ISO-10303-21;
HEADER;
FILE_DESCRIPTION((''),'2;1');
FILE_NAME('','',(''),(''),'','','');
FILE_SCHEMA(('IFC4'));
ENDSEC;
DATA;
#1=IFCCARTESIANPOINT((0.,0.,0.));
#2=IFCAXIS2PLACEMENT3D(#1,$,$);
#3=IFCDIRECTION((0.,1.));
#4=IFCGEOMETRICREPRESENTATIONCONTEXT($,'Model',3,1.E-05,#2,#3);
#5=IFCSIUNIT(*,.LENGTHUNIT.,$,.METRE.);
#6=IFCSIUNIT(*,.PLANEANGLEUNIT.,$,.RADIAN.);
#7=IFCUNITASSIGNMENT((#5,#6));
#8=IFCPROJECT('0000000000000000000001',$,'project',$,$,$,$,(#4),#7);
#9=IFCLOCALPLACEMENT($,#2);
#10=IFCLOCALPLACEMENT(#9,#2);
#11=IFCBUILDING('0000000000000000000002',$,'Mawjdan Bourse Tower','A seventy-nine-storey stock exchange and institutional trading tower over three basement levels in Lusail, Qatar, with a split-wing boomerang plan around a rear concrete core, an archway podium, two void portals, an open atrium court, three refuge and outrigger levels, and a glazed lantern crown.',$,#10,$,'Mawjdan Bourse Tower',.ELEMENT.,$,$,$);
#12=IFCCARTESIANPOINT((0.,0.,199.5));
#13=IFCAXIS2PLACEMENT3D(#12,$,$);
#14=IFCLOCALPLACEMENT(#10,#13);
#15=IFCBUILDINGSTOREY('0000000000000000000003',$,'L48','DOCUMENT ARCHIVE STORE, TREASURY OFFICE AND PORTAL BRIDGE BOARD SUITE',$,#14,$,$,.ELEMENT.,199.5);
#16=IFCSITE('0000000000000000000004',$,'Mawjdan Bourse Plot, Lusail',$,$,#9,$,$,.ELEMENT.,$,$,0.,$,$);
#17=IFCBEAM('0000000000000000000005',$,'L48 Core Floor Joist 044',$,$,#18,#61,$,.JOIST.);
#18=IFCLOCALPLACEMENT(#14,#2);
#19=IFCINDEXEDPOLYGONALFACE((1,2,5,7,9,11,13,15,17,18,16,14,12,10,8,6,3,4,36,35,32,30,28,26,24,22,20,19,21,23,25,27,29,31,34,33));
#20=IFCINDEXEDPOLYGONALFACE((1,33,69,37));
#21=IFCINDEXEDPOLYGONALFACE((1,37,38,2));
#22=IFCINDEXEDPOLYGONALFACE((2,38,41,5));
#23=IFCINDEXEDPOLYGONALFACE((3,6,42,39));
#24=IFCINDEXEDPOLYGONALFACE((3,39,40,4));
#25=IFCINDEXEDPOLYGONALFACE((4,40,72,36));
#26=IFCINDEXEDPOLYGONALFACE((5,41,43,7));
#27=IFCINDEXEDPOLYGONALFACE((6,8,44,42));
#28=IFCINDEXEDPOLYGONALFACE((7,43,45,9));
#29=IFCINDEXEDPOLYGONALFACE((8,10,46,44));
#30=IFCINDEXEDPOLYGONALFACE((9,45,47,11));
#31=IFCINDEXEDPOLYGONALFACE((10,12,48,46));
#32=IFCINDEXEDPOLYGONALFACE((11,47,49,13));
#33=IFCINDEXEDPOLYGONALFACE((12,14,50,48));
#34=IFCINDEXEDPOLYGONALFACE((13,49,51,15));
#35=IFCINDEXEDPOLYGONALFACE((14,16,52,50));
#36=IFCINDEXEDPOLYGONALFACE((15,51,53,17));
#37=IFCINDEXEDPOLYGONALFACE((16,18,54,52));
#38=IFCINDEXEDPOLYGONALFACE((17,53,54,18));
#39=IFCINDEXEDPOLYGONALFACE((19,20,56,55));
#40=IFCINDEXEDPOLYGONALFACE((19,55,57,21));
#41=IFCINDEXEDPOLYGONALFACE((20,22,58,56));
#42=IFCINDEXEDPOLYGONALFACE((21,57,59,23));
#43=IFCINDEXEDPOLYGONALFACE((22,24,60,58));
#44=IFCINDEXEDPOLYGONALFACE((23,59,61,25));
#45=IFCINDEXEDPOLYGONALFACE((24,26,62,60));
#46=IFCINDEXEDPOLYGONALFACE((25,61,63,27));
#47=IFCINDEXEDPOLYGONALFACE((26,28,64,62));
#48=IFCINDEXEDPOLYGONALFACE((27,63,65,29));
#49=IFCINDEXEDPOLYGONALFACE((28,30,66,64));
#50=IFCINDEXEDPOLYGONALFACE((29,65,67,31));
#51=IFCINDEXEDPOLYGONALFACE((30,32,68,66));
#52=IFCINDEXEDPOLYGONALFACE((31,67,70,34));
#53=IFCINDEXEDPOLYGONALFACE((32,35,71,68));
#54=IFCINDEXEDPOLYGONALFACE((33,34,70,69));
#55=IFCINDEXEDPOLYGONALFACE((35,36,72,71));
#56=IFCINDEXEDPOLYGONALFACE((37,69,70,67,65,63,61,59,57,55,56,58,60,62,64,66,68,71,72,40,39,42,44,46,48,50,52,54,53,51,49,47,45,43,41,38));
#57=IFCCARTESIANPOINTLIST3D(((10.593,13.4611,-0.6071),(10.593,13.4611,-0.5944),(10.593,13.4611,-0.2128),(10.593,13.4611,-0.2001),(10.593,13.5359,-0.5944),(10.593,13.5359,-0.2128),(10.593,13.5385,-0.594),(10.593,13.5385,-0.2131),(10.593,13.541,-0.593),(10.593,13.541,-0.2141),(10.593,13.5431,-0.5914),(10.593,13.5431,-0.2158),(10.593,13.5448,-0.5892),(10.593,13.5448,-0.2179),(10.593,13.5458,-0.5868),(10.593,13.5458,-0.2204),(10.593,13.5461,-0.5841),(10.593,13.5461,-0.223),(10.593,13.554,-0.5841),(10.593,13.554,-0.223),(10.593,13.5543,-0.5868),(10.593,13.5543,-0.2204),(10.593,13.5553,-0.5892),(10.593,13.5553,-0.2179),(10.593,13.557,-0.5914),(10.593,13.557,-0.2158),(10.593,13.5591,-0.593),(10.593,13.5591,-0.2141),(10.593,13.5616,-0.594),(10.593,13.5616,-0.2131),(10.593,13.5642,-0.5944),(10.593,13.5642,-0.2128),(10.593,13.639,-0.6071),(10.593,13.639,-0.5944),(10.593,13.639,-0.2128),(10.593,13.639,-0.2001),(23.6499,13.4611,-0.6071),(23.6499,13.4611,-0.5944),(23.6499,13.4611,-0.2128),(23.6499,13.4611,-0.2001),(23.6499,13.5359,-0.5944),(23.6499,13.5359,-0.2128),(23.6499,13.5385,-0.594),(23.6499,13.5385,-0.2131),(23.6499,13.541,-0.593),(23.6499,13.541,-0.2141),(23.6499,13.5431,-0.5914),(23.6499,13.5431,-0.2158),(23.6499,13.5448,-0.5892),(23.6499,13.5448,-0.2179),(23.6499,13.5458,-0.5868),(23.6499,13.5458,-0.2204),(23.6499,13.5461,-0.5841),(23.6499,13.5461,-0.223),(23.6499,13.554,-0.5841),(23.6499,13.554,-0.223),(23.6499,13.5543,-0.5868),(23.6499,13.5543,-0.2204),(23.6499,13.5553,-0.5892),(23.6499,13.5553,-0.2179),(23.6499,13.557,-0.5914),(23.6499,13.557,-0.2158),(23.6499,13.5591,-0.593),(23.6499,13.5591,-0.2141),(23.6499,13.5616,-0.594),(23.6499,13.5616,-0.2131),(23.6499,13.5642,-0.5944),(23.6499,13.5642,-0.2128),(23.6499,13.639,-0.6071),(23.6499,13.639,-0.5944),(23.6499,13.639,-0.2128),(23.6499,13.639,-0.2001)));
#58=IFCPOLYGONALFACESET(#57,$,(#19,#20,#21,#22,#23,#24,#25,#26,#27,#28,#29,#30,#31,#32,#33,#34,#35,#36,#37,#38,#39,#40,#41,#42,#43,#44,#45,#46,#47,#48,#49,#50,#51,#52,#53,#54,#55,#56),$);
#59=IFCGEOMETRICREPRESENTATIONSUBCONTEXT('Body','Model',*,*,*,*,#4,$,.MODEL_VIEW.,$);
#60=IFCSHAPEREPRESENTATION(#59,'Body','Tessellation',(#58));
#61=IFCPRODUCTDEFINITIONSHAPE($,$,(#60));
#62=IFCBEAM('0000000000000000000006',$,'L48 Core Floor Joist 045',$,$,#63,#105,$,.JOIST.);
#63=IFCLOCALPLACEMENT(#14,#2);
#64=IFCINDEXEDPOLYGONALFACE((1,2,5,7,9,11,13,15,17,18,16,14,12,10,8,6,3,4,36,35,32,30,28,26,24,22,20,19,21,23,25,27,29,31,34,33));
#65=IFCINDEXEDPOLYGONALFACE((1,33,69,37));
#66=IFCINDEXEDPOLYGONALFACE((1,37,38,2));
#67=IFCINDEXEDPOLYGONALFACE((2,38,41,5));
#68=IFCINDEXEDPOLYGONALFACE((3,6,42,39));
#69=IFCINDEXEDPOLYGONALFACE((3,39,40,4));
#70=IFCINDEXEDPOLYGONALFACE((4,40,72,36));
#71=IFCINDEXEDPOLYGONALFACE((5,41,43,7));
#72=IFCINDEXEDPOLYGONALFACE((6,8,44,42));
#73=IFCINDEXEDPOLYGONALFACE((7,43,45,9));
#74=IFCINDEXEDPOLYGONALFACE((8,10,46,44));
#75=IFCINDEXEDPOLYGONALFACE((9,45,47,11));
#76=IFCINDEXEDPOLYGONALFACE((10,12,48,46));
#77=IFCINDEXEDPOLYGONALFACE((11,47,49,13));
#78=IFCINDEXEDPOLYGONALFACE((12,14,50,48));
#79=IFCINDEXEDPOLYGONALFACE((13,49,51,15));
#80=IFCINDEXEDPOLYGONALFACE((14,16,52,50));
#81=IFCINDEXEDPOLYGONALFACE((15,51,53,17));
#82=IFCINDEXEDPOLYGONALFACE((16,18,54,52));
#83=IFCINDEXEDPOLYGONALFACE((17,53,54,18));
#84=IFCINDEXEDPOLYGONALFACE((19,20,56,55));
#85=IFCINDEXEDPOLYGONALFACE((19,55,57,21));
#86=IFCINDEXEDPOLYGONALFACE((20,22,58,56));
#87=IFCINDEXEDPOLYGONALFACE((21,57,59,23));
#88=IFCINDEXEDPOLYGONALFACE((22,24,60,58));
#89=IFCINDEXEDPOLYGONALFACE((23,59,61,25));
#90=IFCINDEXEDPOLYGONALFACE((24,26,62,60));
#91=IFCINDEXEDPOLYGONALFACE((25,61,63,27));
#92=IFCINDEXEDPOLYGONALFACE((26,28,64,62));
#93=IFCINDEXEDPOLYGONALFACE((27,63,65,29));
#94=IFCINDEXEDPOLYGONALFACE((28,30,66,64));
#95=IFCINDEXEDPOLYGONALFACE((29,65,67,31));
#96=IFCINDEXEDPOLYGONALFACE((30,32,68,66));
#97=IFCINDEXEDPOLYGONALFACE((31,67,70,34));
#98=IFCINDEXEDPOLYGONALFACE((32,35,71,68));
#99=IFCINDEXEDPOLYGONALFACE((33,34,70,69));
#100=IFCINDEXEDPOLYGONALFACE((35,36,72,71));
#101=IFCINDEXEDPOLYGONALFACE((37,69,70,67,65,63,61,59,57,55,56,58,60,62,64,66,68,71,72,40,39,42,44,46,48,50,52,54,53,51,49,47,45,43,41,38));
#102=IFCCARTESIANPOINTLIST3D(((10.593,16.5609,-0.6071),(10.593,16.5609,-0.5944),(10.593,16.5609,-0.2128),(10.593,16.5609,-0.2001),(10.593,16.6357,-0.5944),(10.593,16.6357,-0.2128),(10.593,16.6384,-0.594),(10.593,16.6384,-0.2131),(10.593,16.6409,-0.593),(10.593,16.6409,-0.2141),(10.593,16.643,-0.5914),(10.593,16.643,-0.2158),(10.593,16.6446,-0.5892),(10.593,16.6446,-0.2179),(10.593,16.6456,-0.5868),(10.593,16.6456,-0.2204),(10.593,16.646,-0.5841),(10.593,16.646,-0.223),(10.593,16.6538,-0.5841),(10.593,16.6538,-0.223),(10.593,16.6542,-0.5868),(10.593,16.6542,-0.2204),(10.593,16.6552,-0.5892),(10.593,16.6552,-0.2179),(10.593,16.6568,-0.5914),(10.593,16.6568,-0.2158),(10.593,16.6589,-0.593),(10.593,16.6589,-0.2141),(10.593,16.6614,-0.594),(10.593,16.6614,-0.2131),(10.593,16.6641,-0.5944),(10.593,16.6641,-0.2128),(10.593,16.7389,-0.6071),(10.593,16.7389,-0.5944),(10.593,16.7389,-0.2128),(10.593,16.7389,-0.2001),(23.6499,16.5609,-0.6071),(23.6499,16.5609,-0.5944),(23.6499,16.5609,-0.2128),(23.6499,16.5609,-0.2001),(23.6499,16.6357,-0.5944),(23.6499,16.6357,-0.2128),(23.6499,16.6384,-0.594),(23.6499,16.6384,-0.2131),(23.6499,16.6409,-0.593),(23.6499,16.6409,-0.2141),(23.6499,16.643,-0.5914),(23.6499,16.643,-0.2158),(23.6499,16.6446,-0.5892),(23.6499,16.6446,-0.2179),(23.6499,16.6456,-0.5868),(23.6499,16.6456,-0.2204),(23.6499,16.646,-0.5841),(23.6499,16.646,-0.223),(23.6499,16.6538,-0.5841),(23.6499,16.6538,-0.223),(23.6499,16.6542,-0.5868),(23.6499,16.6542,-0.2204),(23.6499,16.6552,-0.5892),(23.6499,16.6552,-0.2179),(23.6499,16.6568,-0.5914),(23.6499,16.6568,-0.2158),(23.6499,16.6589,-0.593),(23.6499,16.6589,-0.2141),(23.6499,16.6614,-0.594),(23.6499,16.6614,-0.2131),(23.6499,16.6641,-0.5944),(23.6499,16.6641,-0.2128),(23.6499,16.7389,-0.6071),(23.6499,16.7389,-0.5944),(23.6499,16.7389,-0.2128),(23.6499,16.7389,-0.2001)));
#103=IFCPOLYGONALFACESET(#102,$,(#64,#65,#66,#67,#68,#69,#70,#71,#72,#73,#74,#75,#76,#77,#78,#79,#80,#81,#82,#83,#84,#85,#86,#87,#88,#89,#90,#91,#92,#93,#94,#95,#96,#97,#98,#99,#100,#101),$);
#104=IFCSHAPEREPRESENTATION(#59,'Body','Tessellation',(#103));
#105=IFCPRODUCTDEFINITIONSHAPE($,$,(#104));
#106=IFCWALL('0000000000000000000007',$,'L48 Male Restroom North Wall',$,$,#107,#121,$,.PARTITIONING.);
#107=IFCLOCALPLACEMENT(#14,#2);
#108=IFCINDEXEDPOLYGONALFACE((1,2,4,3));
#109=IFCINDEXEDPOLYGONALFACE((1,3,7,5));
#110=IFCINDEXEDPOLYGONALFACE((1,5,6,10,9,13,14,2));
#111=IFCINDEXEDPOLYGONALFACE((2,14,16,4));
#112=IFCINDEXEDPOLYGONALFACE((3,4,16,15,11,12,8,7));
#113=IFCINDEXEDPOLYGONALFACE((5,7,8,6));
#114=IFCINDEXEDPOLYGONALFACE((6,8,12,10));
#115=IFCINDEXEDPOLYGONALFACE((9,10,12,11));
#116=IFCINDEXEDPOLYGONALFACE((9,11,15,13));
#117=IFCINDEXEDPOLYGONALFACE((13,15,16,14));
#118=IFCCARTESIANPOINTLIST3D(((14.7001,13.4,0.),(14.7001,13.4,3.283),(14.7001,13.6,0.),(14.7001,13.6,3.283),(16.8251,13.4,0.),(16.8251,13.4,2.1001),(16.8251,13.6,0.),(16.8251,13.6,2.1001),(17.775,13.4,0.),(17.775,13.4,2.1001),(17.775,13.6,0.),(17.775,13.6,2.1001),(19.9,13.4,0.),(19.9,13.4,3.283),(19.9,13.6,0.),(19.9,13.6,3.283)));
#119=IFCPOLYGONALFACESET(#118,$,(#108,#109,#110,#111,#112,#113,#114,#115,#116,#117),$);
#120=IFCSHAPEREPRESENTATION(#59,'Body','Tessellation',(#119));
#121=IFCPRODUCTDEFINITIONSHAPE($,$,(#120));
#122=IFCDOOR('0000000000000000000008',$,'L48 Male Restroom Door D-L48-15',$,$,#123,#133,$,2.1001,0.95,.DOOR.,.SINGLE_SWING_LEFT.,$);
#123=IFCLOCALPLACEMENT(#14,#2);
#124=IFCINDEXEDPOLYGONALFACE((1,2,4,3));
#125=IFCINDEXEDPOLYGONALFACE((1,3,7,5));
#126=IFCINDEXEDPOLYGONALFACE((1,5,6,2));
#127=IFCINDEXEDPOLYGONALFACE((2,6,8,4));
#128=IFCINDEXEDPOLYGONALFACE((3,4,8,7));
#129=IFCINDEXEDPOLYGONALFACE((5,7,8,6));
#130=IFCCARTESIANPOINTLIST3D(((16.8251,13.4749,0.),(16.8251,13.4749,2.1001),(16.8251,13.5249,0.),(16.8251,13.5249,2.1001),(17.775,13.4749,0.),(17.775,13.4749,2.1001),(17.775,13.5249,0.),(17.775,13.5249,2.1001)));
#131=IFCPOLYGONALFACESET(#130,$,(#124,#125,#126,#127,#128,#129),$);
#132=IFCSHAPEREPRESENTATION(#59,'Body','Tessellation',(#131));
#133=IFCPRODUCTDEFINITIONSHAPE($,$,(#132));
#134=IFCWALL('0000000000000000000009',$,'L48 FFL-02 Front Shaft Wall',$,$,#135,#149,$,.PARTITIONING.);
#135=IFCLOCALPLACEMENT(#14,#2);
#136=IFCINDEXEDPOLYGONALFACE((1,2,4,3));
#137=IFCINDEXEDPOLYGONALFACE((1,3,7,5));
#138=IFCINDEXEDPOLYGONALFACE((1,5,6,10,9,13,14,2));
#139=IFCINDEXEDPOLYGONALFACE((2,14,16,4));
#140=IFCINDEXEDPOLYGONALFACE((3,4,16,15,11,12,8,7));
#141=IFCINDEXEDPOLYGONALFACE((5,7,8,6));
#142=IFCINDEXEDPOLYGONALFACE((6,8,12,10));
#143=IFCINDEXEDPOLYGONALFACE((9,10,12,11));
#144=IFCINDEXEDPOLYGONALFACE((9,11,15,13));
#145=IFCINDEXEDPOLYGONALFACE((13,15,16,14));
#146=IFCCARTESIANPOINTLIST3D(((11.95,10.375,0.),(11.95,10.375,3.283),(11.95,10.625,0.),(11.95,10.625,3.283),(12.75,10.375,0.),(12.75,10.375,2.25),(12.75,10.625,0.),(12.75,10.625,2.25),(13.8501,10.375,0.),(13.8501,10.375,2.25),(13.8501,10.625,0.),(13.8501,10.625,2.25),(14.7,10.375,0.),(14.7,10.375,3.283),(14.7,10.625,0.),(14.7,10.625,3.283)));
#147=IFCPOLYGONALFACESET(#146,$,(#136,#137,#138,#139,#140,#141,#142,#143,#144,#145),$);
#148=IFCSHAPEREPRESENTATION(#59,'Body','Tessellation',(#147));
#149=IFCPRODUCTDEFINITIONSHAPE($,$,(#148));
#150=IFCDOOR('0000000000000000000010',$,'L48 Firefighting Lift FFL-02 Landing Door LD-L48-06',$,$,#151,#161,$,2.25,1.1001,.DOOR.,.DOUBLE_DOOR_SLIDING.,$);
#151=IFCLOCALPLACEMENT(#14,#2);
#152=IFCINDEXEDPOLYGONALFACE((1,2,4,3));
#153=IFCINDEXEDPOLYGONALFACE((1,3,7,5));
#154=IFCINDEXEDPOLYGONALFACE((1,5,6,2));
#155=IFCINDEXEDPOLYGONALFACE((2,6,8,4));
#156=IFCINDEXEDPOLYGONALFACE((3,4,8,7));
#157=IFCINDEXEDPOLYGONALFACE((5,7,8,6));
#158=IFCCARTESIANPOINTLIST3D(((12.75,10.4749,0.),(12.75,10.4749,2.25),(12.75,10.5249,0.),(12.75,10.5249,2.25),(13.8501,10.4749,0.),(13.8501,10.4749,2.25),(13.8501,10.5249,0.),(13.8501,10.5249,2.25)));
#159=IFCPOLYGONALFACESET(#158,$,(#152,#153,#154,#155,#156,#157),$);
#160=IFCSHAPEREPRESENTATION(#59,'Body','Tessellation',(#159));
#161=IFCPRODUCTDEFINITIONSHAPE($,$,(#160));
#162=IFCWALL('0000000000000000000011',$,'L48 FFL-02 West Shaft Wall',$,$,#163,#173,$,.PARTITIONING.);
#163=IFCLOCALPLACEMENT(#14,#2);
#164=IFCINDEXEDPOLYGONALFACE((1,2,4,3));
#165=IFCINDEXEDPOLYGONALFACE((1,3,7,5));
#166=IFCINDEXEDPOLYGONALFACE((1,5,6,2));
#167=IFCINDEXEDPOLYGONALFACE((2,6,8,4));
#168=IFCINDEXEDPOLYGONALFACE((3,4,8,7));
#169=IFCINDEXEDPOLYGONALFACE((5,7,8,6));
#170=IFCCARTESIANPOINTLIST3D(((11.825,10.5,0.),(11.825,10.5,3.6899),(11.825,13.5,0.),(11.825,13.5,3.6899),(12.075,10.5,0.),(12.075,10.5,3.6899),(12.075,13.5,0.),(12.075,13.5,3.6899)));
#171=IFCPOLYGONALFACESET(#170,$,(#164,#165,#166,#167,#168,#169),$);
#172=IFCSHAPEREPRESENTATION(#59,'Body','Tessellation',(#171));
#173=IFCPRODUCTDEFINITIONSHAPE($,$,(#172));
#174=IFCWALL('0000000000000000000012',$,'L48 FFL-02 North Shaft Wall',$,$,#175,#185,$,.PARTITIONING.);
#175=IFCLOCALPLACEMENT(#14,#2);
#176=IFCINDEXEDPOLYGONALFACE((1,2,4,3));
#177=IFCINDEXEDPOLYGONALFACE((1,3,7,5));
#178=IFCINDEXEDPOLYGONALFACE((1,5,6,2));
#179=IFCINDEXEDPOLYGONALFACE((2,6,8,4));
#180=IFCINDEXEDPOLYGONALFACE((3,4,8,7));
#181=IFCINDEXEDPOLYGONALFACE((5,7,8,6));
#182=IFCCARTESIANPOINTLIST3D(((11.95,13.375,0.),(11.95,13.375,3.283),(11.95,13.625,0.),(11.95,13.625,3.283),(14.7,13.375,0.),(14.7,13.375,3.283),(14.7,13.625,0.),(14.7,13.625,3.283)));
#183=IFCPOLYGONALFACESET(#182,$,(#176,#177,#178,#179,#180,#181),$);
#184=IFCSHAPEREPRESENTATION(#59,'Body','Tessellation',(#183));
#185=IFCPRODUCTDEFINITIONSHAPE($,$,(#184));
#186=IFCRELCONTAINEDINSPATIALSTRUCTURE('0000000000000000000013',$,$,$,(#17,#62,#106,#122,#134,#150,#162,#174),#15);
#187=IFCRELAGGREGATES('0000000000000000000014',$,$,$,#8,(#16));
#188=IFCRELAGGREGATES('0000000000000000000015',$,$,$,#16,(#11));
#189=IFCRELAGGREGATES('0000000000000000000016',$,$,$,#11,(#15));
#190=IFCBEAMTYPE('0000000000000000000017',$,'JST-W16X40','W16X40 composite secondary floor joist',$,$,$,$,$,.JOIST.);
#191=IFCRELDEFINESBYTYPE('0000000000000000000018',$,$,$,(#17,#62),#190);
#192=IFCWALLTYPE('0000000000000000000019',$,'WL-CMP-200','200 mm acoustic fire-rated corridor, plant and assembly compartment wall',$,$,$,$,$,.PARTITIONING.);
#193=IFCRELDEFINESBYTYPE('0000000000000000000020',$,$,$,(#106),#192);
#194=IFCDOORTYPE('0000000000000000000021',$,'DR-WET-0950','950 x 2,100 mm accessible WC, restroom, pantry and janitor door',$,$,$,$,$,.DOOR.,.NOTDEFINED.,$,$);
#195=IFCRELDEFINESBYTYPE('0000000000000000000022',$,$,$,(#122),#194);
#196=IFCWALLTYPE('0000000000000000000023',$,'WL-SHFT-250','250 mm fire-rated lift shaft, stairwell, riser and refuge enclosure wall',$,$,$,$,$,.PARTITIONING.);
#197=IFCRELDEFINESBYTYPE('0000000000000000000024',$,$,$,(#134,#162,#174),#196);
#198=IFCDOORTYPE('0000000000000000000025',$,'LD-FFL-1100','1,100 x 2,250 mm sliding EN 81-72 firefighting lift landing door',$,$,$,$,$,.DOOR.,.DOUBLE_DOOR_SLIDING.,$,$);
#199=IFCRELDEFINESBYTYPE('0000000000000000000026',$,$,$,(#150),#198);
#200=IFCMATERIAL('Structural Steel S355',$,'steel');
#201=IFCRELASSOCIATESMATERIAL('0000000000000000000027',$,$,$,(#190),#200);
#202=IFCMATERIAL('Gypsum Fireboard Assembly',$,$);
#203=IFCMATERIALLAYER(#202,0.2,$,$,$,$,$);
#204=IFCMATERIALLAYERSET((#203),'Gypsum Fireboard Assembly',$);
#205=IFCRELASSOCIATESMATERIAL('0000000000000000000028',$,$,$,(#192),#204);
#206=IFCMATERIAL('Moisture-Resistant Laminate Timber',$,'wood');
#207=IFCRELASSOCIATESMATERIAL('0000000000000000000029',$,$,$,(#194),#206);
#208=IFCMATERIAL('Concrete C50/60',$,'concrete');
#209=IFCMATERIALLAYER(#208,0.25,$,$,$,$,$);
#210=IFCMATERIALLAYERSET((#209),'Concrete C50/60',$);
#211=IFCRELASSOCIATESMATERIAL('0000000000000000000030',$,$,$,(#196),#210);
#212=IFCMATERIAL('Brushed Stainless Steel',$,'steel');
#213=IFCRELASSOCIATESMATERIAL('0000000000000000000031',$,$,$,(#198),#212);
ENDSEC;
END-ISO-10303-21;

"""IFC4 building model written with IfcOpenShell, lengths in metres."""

from ifc_helpers import new_model, si_unit, direction, frame, frame_2d, origin, origin_2d, place, context, subcontext, project, spatial, rectangle, i_section, extrude, material, layer, layer_set, material_profile, profile_set, type_object, element, fill, save


model = new_model("IFC4")

# Units and contexts
model_context = context("Model", 3, precision=1e-05, world=origin(), true_north=direction((0.0, 1.0)))
body_context = subcontext(model_context, "Body", "Model", "MODEL_VIEW")
ifc_project = project(units=[si_unit("LENGTHUNIT", "METRE"), si_unit("PLANEANGLEUNIT", "RADIAN")], contexts=[model_context])

# Site, building, storey
site_placement = place(None, origin())
site = spatial("IfcSite", under=ifc_project, at=site_placement, Name="Mawjdan Bourse Plot, Lusail", CompositionType="ELEMENT", RefElevation=0.0)
building_placement = place(site_placement, origin())
building = spatial("IfcBuilding", under=site, at=building_placement, Name="Mawjdan Bourse Tower", Description="A seventy-nine-storey stock exchange and institutional trading tower over three basement levels in Lusail, Qatar, with a split-wing boomerang plan around a rear concrete core, an archway podium, two void portals, an open atrium court, three refuge and outrigger levels, and a glazed lantern crown.", LongName="Mawjdan Bourse Tower", CompositionType="ELEMENT")
storey_placement = place(building_placement, frame((0.0, 0.0, 199.5)))
storey = spatial("IfcBuildingStorey", under=building, at=storey_placement, Name="L48", Description="DOCUMENT ARCHIVE STORE, TREASURY OFFICE AND PORTAL BRIDGE BOARD SUITE", CompositionType="ELEMENT", Elevation=199.5)

# Beams
ifc_material_1 = material(Name="Structural Steel S355", Category="steel")
ifc_material_profile = material_profile(ifc_material_1, i_section(OverallWidth=0.178, OverallDepth=0.407, WebThickness=0.0078, FlangeThickness=0.0127, FilletRadius=0.0103, at=origin_2d()), Name="W16X40")
ifc_profile_set = profile_set([ifc_material_profile], Name="Structural Steel S355")
beam_type = type_object("IfcBeamType", Name="JST-W16X40", Description="W16X40 composite secondary floor joist", PredefinedType="JOIST", material=ifc_profile_set)
for number, where, z_axis, x_axis, name in (
    (1, (10.593, 13.55, -0.4036), (1.0, 0.0, 0.0), (0.0, 1.0, 0.0), "L48 Core Floor Joist 044"),
    (2, (10.593, 16.6499, -0.4036), (1.0, 0.0, 0.0), (0.0, 1.0, 0.0), "L48 Core Floor Joist 045"),
):
    element("IfcBeam", number, at=place(storey_placement, frame(where, z_axis=z_axis, x_axis=x_axis)), inside=storey, type_object=beam_type, Name=name, PredefinedType="JOIST", context=body_context, shape_type="SweptSolid", body=[
        extrude(i_section(OverallWidth=0.178, OverallDepth=0.407, WebThickness=0.0078, FlangeThickness=0.0127, FilletRadius=0.0103, at=origin_2d()), origin(), (0.0, 0.0, 1.0), 13.0569),
    ])

# Walls, openings, doors
ifc_material_2 = material(Name="Gypsum Fireboard Assembly")
ifc_layer_1 = layer(ifc_material_2, 0.2)
ifc_layer_set_1 = layer_set([ifc_layer_1], Name="Gypsum Fireboard Assembly")
wall_type_1 = type_object("IfcWallType", Name="WL-CMP-200", Description="200 mm acoustic fire-rated corridor, plant and assembly compartment wall", PredefinedType="PARTITIONING", material=ifc_layer_set_1)
wall_1_placement = place(storey_placement, frame((14.7, 13.5, 0.0), z_axis=(0.0, 0.0, 1.0), x_axis=(1.0, 0.0, 0.0)))
wall_1 = element("IfcWall", 3, at=wall_1_placement, inside=storey, type_object=wall_type_1, Name="L48 Male Restroom North Wall", PredefinedType="PARTITIONING", context=body_context, shape_type="SweptSolid", body=[
    extrude(rectangle(XDim=5.2, YDim=0.2, at=frame_2d((2.6001, 0.0))), origin(), (0.0, 0.0, 1.0), 3.283),
])
opening_1_placement = place(wall_1_placement, frame((2.125, 0.0, 0.0)))
opening_1 = element("IfcOpeningElement", 4, at=opening_1_placement, cuts=wall_1, PredefinedType="OPENING", context=body_context, shape_type="SweptSolid", body=[
    extrude(rectangle(XDim=0.95, YDim=2.1001, at=frame_2d((0.4751, 1.05))), frame((0.0, 0.1099, 0.0), z_axis=(0.0, -1.0, 0.0), x_axis=(1.0, 0.0, 0.0)), (0.0, 0.0, 1.0), 0.22),
])
ifc_material_3 = material(Name="Moisture-Resistant Laminate Timber", Category="wood")
door_type_1 = type_object("IfcDoorType", Name="DR-WET-0950", Description="950 x 2,100 mm accessible WC, restroom, pantry and janitor door", OperationType="NOTDEFINED", PredefinedType="DOOR", material=ifc_material_3)
door_1_placement = place(opening_1_placement, origin())
door_1 = element("IfcDoor", 5, at=door_1_placement, inside=storey, type_object=door_type_1, Name="L48 Male Restroom Door D-L48-15", OperationType="SINGLE_SWING_LEFT", OverallHeight=2.1001, OverallWidth=0.95, PredefinedType="DOOR", context=body_context, shape_type="SweptSolid", body=[
    extrude(rectangle(XDim=0.95, YDim=2.1001, at=frame_2d((0.4751, 1.05))), frame((0.0, 0.0249, 0.0), z_axis=(0.0, -1.0, 0.0), x_axis=(1.0, 0.0, 0.0)), (0.0, 0.0, 1.0), 0.05),
])
fill(opening_1, door_1)
ifc_material_4 = material(Name="Concrete C50/60", Category="concrete")
ifc_layer_2 = layer(ifc_material_4, 0.25)
ifc_layer_set_2 = layer_set([ifc_layer_2], Name="Concrete C50/60")
wall_type_2 = type_object("IfcWallType", Name="WL-SHFT-250", Description="250 mm fire-rated lift shaft, stairwell, riser and refuge enclosure wall", PredefinedType="PARTITIONING", material=ifc_layer_set_2)
wall_2_placement = place(storey_placement, frame((11.95, 10.5, 0.0), z_axis=(0.0, 0.0, 1.0), x_axis=(1.0, 0.0, 0.0)))
wall_2 = element("IfcWall", 6, at=wall_2_placement, inside=storey, type_object=wall_type_2, Name="L48 FFL-02 Front Shaft Wall", PredefinedType="PARTITIONING", context=body_context, shape_type="SweptSolid", body=[
    extrude(rectangle(XDim=2.75, YDim=0.25, at=frame_2d((1.375, 0.0))), origin(), (0.0, 0.0, 1.0), 3.283),
])
opening_2_placement = place(wall_2_placement, frame((0.8, 0.0, 0.0)))
opening_2 = element("IfcOpeningElement", 7, at=opening_2_placement, cuts=wall_2, PredefinedType="OPENING", context=body_context, shape_type="SweptSolid", body=[
    extrude(rectangle(XDim=1.1001, YDim=2.25, at=frame_2d((0.55, 1.125))), frame((0.0, 0.135, 0.0), z_axis=(0.0, -1.0, 0.0), x_axis=(1.0, 0.0, 0.0)), (0.0, 0.0, 1.0), 0.27),
])
ifc_material_5 = material(Name="Brushed Stainless Steel", Category="steel")
door_type_2 = type_object("IfcDoorType", Name="LD-FFL-1100", Description="1,100 x 2,250 mm sliding EN 81-72 firefighting lift landing door", OperationType="DOUBLE_DOOR_SLIDING", PredefinedType="DOOR", material=ifc_material_5)
door_2_placement = place(opening_2_placement, origin())
door_2 = element("IfcDoor", 8, at=door_2_placement, inside=storey, type_object=door_type_2, Name="L48 Firefighting Lift FFL-02 Landing Door LD-L48-06", OperationType="DOUBLE_DOOR_SLIDING", OverallHeight=2.25, OverallWidth=1.1001, PredefinedType="DOOR", context=body_context, shape_type="SweptSolid", body=[
    extrude(rectangle(XDim=1.1001, YDim=2.25, at=frame_2d((0.55, 1.125))), frame((0.0, 0.0249, 0.0), z_axis=(0.0, -1.0, 0.0), x_axis=(1.0, 0.0, 0.0)), (0.0, 0.0, 1.0), 0.05),
])
fill(opening_2, door_2)

# Walls
wall_3_placement = place(storey_placement, frame((11.95, 10.5, 0.0), z_axis=(0.0, 0.0, 1.0), x_axis=(0.0, 1.0, 0.0)))
element("IfcWall", 9, at=wall_3_placement, inside=storey, type_object=wall_type_2, Name="L48 FFL-02 West Shaft Wall", PredefinedType="PARTITIONING", context=body_context, shape_type="SweptSolid", body=[
    extrude(rectangle(XDim=3.0, YDim=0.25, at=frame_2d((1.5, 0.0))), origin(), (0.0, 0.0, 1.0), 3.6899),
])
wall_4_placement = place(storey_placement, frame((11.95, 13.5, 0.0), z_axis=(0.0, 0.0, 1.0), x_axis=(1.0, 0.0, 0.0)))
element("IfcWall", 10, at=wall_4_placement, inside=storey, type_object=wall_type_2, Name="L48 FFL-02 North Shaft Wall", PredefinedType="PARTITIONING", context=body_context, shape_type="SweptSolid", body=[
    extrude(rectangle(XDim=2.75, YDim=0.25, at=frame_2d((1.375, 0.0))), origin(), (0.0, 0.0, 1.0), 3.283),
])

save(model, "model.ifc")
